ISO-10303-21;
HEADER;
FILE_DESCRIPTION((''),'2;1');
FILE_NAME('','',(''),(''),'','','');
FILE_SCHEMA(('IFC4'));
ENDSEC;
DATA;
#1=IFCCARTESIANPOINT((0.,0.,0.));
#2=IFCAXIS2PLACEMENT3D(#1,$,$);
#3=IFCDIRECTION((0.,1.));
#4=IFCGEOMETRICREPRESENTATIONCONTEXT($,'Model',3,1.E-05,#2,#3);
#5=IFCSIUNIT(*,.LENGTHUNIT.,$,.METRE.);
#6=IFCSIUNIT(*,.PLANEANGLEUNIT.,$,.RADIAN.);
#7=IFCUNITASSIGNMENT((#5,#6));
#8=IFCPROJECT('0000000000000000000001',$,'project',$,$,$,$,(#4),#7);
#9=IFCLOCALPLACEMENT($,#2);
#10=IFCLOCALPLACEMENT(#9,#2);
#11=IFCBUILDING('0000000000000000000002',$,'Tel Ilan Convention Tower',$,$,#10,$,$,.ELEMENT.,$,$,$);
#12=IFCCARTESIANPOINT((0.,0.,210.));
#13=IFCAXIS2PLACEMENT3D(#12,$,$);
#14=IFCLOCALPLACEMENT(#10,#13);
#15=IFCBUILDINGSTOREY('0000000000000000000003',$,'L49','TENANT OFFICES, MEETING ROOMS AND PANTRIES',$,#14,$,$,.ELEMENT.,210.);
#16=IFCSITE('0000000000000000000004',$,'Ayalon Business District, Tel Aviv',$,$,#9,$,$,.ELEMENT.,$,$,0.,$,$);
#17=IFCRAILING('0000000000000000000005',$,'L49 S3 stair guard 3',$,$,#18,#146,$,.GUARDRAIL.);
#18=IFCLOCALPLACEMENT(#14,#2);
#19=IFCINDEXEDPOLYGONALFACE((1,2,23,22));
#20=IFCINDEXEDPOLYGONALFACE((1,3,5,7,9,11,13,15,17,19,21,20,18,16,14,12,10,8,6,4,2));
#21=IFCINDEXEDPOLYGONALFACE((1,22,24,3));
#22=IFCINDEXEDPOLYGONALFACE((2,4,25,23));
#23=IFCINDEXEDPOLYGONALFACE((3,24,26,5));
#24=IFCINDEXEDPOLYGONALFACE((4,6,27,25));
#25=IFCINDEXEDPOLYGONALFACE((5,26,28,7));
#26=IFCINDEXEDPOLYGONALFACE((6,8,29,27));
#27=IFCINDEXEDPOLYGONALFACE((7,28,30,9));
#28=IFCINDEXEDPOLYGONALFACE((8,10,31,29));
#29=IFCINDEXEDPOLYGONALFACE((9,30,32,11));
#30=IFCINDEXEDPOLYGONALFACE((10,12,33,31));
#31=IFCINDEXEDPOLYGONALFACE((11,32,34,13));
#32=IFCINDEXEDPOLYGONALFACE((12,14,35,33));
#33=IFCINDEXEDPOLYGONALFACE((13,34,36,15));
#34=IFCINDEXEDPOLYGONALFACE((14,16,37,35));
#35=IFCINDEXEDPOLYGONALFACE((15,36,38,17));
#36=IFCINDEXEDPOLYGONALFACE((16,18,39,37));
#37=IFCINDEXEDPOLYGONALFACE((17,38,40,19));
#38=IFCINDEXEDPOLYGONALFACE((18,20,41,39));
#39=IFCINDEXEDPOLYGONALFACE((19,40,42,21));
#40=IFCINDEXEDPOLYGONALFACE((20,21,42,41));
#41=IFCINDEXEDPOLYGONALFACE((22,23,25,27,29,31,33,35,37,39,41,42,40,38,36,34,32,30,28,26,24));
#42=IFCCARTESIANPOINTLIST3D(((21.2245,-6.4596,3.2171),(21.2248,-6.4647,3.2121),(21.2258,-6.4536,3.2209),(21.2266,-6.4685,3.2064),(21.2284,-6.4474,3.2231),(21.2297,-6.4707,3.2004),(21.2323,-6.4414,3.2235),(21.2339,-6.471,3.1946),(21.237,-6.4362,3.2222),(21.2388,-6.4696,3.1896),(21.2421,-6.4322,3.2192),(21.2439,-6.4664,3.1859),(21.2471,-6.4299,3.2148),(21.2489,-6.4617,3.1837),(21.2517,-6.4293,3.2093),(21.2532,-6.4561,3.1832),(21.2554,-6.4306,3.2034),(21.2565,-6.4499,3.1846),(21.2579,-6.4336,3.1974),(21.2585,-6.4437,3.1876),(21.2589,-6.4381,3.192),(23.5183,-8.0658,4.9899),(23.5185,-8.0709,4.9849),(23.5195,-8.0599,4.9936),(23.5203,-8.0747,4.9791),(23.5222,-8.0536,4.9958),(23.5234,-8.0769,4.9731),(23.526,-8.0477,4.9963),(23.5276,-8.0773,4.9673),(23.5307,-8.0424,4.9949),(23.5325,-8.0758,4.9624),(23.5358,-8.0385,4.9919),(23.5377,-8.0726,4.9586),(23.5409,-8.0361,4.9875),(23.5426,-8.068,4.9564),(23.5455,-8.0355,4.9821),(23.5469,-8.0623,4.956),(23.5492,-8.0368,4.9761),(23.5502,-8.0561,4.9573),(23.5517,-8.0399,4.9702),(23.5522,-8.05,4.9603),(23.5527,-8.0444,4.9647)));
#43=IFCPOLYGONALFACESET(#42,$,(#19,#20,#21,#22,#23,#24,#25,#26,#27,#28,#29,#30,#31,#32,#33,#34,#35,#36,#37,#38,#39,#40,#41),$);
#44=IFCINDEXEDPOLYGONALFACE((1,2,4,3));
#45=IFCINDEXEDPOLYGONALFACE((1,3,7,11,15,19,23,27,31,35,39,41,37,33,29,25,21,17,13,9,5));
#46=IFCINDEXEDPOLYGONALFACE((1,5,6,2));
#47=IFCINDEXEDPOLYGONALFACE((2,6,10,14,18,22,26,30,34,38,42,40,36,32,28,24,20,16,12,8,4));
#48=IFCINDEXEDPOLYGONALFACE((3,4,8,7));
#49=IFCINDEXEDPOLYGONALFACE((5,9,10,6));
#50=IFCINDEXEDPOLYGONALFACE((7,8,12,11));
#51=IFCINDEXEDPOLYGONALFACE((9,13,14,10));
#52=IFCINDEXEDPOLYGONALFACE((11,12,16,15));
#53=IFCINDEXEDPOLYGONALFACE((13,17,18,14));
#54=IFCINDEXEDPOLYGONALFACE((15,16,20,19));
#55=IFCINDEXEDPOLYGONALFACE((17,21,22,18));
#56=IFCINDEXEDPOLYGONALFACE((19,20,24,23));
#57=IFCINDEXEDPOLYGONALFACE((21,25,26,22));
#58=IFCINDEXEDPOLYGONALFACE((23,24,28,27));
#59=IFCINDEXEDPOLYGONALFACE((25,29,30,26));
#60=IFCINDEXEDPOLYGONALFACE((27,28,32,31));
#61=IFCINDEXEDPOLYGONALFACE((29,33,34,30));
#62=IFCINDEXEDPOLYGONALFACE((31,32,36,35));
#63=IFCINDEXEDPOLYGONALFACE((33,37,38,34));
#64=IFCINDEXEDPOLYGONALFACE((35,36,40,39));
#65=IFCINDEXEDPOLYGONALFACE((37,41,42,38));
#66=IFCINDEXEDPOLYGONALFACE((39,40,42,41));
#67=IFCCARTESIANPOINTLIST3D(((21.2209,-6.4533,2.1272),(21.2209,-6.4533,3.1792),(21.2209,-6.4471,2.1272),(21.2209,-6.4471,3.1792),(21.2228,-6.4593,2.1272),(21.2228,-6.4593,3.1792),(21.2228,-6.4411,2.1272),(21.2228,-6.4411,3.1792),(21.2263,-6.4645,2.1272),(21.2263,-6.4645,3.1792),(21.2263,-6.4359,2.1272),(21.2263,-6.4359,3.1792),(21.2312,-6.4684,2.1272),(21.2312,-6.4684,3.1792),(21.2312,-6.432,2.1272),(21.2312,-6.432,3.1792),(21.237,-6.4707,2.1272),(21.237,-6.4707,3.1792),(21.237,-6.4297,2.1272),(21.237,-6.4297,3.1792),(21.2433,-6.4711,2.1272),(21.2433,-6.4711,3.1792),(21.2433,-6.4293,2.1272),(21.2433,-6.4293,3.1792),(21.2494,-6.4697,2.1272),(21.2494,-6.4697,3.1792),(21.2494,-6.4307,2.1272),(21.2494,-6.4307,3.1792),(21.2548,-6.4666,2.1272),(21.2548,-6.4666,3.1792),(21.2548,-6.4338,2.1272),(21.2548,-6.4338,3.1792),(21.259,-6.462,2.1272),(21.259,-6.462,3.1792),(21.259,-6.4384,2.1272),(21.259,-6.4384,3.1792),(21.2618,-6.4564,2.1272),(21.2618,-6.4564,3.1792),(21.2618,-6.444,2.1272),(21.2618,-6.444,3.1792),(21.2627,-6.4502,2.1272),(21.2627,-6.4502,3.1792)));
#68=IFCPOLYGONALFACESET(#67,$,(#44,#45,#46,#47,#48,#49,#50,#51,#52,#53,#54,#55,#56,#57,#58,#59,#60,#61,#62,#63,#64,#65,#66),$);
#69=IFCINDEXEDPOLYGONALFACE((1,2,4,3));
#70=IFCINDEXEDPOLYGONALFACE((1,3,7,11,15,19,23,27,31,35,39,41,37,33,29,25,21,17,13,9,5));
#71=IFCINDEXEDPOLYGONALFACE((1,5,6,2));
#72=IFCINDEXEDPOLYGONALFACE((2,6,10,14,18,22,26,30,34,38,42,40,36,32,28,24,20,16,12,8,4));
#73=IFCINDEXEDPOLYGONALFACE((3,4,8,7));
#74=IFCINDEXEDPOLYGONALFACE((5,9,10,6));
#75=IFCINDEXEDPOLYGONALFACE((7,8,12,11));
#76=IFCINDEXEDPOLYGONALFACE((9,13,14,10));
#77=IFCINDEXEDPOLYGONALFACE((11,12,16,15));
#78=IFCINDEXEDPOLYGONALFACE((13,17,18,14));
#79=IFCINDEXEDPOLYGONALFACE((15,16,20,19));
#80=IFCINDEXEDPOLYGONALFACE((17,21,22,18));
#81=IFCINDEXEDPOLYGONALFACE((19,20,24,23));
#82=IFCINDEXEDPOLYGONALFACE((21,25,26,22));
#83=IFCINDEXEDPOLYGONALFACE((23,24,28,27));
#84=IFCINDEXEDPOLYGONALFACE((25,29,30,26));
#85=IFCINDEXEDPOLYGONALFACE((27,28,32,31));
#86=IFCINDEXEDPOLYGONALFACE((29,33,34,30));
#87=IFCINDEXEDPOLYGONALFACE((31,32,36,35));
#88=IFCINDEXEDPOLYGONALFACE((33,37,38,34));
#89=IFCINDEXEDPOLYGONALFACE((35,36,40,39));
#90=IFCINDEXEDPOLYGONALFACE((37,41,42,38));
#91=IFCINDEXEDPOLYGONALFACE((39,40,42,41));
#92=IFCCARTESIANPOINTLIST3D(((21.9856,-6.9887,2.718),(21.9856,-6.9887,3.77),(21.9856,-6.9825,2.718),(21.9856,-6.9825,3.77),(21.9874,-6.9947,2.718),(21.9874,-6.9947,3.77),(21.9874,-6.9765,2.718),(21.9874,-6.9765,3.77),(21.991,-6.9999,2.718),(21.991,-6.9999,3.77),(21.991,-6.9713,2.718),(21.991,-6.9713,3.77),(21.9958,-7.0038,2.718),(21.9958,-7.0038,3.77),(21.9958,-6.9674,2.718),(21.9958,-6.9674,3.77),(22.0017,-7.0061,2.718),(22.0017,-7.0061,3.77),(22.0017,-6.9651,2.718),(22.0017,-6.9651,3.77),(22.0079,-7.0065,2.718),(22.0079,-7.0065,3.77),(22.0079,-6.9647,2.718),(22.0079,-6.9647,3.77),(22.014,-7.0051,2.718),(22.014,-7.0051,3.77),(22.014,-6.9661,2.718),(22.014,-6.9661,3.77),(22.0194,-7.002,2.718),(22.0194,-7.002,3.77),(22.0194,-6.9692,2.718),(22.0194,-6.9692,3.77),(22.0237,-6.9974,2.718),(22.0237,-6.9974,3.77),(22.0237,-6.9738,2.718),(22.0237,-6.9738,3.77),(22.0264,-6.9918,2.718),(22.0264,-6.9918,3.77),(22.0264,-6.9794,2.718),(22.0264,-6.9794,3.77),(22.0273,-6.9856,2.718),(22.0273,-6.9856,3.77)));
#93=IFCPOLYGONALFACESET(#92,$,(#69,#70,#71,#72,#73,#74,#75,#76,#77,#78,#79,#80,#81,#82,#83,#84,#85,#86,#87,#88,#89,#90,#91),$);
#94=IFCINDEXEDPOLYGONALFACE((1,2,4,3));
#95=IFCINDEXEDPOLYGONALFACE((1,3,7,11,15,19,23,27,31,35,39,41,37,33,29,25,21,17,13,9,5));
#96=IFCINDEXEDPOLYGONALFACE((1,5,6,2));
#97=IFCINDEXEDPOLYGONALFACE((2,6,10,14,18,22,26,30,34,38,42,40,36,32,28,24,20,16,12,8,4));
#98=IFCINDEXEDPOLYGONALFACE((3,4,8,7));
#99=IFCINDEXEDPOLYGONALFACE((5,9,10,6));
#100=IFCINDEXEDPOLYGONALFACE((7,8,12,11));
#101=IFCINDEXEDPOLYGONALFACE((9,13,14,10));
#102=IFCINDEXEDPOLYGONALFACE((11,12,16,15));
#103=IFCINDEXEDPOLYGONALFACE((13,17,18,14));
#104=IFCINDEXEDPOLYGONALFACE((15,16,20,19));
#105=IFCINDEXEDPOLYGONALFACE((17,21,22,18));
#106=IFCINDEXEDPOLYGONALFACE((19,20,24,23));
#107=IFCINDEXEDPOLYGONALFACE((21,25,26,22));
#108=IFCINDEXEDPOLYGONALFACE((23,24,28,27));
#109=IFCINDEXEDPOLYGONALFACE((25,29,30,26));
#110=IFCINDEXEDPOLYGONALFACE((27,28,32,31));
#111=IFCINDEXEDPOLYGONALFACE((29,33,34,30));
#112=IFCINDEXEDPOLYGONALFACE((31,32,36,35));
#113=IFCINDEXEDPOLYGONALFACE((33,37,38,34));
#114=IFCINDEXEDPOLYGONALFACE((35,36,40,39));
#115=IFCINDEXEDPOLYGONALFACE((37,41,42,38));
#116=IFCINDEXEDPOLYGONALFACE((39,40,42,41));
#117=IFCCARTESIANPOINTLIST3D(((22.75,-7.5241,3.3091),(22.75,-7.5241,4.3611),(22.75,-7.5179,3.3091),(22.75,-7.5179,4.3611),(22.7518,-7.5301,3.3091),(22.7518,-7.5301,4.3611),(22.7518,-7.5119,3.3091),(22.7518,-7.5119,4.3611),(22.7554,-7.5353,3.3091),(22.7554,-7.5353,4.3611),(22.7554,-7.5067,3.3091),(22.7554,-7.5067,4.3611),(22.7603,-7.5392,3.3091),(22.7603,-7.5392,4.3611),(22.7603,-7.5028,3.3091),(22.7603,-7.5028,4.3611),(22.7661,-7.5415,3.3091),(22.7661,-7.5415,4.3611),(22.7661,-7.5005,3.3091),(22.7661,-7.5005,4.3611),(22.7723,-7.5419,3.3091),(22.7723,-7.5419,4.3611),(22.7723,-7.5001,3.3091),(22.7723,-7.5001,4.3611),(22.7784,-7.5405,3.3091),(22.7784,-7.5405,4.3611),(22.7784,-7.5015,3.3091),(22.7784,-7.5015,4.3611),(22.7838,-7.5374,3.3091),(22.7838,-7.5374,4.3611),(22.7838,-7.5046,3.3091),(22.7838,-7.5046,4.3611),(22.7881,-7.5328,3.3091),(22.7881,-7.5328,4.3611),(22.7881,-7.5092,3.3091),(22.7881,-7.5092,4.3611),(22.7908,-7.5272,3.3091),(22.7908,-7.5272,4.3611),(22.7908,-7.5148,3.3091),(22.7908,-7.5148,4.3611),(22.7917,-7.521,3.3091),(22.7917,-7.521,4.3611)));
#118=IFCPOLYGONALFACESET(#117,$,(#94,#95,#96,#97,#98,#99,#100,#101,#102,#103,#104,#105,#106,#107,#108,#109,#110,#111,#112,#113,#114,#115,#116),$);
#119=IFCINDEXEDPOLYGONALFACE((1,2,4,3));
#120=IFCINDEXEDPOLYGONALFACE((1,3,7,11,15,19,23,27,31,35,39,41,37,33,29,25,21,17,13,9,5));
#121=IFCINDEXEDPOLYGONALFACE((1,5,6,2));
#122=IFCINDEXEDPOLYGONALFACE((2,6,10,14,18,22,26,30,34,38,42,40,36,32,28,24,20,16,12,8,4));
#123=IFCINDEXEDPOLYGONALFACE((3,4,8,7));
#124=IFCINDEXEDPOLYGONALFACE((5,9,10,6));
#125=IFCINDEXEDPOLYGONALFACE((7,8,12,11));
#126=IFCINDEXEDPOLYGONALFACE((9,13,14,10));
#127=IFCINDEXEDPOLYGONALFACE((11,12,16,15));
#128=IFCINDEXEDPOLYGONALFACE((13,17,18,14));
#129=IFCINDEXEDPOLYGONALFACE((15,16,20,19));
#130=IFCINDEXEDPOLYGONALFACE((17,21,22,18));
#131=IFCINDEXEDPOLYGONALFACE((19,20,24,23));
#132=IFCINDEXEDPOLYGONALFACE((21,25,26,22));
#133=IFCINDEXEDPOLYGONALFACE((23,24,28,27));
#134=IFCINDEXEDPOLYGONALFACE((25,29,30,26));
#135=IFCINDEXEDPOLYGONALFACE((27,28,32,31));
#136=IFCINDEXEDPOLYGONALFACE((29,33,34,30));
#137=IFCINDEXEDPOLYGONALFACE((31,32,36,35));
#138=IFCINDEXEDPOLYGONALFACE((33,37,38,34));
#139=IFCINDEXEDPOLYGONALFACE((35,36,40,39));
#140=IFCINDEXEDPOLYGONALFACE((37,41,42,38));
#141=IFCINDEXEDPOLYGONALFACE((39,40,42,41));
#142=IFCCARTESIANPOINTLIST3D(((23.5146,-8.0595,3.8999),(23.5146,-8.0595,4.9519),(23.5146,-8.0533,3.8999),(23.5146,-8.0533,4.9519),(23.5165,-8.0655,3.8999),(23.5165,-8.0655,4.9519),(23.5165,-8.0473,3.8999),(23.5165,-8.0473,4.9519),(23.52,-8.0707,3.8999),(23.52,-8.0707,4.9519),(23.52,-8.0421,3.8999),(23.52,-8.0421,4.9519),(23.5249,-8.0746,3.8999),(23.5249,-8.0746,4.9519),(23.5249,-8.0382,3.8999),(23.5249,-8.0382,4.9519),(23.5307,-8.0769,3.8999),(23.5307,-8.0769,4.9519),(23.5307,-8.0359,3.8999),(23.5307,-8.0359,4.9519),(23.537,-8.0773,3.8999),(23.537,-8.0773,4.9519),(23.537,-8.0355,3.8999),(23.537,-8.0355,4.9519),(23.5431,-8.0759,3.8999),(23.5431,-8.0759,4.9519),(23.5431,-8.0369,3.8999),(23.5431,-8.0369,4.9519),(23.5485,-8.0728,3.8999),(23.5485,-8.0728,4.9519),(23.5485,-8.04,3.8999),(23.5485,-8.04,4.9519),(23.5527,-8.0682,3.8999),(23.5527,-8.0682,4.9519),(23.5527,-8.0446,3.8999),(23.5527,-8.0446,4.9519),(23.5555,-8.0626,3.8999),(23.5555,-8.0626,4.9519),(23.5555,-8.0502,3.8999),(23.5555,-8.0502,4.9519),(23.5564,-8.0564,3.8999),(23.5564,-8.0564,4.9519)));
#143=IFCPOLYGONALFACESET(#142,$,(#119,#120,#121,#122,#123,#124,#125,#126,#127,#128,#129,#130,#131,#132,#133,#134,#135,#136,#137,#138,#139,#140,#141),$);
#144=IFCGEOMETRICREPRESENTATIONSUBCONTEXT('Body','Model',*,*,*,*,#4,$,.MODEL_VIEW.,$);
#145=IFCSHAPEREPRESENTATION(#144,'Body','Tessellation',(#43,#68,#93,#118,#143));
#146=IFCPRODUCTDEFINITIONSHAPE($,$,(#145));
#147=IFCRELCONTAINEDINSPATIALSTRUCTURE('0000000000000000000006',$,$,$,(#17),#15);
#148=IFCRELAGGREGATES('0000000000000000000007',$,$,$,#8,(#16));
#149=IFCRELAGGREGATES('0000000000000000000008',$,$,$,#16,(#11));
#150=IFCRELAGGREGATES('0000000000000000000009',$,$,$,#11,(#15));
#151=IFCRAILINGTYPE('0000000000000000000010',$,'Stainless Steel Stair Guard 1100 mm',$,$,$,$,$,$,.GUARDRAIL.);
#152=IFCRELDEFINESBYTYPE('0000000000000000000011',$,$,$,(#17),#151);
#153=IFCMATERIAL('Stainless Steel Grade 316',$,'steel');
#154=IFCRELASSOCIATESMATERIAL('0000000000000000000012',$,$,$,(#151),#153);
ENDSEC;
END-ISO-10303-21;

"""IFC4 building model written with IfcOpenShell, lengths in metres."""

from ifc_helpers import new_model, si_unit, direction, frame, origin, origin_2d, place, context, subcontext, project, spatial, circle, extrude, material, type_object, element, save


model = new_model("IFC4")

# Units and contexts
model_context = context("Model", 3, precision=1e-05, world=origin(), true_north=direction((0.0, 1.0)))
body_context = subcontext(model_context, "Body", "Model", "MODEL_VIEW")
ifc_project = project(units=[si_unit("LENGTHUNIT", "METRE"), si_unit("PLANEANGLEUNIT", "RADIAN")], contexts=[model_context])

# Site, building, storey
site_placement = place(None, origin())
site = spatial("IfcSite", under=ifc_project, at=site_placement, Name="Ayalon Business District, Tel Aviv", CompositionType="ELEMENT", RefElevation=0.0)
building_placement = place(site_placement, origin())
building = spatial("IfcBuilding", under=site, at=building_placement, Name="Tel Ilan Convention Tower", CompositionType="ELEMENT")
storey_placement = place(building_placement, frame((0.0, 0.0, 210.0)))
storey = spatial("IfcBuildingStorey", under=building, at=storey_placement, Name="L49", Description="TENANT OFFICES, MEETING ROOMS AND PANTRIES", CompositionType="ELEMENT", Elevation=210.0)

# Railing
ifc_material_1 = material(Name="Stainless Steel Grade 316", Category="steel")
railing_type_1 = type_object("IfcRailingType", Name="Stainless Steel Stair Guard 1100 mm", PredefinedType="GUARDRAIL", material=ifc_material_1)
railing_1_placement = place(storey_placement, frame((21.2417, -6.4502, 2.1272)))
element("IfcRailing", 1, at=railing_1_placement, inside=storey, type_object=railing_type_1, Name="L49 S3 stair guard 3", PredefinedType="GUARDRAIL", context=body_context, shape_type="SweptSolid", body=[
    extrude(circle(Radius=0.0239, at=origin_2d()), frame((0.0, 0.0, 1.0762), z_axis=(0.692098, -0.484653, 0.534894), x_axis=(0.573609, 0.81913, 0.0)), (0.0, 0.0, 1.0), 3.3142),
    extrude(circle(Radius=0.021, at=origin_2d()), origin(), (0.0, 0.0, 1.0), 1.052),
    extrude(circle(Radius=0.021, at=origin_2d()), frame((0.7646, -0.5354, 0.5908)), (0.0, 0.0, 1.0), 1.052),
    extrude(circle(Radius=0.021, at=origin_2d()), frame((1.5291, -1.0708, 1.1819)), (0.0, 0.0, 1.0), 1.052),
    extrude(circle(Radius=0.021, at=origin_2d()), frame((2.2937, -1.6062, 1.7727)), (0.0, 0.0, 1.0), 1.052),
])

save(model, "model.ifc")
